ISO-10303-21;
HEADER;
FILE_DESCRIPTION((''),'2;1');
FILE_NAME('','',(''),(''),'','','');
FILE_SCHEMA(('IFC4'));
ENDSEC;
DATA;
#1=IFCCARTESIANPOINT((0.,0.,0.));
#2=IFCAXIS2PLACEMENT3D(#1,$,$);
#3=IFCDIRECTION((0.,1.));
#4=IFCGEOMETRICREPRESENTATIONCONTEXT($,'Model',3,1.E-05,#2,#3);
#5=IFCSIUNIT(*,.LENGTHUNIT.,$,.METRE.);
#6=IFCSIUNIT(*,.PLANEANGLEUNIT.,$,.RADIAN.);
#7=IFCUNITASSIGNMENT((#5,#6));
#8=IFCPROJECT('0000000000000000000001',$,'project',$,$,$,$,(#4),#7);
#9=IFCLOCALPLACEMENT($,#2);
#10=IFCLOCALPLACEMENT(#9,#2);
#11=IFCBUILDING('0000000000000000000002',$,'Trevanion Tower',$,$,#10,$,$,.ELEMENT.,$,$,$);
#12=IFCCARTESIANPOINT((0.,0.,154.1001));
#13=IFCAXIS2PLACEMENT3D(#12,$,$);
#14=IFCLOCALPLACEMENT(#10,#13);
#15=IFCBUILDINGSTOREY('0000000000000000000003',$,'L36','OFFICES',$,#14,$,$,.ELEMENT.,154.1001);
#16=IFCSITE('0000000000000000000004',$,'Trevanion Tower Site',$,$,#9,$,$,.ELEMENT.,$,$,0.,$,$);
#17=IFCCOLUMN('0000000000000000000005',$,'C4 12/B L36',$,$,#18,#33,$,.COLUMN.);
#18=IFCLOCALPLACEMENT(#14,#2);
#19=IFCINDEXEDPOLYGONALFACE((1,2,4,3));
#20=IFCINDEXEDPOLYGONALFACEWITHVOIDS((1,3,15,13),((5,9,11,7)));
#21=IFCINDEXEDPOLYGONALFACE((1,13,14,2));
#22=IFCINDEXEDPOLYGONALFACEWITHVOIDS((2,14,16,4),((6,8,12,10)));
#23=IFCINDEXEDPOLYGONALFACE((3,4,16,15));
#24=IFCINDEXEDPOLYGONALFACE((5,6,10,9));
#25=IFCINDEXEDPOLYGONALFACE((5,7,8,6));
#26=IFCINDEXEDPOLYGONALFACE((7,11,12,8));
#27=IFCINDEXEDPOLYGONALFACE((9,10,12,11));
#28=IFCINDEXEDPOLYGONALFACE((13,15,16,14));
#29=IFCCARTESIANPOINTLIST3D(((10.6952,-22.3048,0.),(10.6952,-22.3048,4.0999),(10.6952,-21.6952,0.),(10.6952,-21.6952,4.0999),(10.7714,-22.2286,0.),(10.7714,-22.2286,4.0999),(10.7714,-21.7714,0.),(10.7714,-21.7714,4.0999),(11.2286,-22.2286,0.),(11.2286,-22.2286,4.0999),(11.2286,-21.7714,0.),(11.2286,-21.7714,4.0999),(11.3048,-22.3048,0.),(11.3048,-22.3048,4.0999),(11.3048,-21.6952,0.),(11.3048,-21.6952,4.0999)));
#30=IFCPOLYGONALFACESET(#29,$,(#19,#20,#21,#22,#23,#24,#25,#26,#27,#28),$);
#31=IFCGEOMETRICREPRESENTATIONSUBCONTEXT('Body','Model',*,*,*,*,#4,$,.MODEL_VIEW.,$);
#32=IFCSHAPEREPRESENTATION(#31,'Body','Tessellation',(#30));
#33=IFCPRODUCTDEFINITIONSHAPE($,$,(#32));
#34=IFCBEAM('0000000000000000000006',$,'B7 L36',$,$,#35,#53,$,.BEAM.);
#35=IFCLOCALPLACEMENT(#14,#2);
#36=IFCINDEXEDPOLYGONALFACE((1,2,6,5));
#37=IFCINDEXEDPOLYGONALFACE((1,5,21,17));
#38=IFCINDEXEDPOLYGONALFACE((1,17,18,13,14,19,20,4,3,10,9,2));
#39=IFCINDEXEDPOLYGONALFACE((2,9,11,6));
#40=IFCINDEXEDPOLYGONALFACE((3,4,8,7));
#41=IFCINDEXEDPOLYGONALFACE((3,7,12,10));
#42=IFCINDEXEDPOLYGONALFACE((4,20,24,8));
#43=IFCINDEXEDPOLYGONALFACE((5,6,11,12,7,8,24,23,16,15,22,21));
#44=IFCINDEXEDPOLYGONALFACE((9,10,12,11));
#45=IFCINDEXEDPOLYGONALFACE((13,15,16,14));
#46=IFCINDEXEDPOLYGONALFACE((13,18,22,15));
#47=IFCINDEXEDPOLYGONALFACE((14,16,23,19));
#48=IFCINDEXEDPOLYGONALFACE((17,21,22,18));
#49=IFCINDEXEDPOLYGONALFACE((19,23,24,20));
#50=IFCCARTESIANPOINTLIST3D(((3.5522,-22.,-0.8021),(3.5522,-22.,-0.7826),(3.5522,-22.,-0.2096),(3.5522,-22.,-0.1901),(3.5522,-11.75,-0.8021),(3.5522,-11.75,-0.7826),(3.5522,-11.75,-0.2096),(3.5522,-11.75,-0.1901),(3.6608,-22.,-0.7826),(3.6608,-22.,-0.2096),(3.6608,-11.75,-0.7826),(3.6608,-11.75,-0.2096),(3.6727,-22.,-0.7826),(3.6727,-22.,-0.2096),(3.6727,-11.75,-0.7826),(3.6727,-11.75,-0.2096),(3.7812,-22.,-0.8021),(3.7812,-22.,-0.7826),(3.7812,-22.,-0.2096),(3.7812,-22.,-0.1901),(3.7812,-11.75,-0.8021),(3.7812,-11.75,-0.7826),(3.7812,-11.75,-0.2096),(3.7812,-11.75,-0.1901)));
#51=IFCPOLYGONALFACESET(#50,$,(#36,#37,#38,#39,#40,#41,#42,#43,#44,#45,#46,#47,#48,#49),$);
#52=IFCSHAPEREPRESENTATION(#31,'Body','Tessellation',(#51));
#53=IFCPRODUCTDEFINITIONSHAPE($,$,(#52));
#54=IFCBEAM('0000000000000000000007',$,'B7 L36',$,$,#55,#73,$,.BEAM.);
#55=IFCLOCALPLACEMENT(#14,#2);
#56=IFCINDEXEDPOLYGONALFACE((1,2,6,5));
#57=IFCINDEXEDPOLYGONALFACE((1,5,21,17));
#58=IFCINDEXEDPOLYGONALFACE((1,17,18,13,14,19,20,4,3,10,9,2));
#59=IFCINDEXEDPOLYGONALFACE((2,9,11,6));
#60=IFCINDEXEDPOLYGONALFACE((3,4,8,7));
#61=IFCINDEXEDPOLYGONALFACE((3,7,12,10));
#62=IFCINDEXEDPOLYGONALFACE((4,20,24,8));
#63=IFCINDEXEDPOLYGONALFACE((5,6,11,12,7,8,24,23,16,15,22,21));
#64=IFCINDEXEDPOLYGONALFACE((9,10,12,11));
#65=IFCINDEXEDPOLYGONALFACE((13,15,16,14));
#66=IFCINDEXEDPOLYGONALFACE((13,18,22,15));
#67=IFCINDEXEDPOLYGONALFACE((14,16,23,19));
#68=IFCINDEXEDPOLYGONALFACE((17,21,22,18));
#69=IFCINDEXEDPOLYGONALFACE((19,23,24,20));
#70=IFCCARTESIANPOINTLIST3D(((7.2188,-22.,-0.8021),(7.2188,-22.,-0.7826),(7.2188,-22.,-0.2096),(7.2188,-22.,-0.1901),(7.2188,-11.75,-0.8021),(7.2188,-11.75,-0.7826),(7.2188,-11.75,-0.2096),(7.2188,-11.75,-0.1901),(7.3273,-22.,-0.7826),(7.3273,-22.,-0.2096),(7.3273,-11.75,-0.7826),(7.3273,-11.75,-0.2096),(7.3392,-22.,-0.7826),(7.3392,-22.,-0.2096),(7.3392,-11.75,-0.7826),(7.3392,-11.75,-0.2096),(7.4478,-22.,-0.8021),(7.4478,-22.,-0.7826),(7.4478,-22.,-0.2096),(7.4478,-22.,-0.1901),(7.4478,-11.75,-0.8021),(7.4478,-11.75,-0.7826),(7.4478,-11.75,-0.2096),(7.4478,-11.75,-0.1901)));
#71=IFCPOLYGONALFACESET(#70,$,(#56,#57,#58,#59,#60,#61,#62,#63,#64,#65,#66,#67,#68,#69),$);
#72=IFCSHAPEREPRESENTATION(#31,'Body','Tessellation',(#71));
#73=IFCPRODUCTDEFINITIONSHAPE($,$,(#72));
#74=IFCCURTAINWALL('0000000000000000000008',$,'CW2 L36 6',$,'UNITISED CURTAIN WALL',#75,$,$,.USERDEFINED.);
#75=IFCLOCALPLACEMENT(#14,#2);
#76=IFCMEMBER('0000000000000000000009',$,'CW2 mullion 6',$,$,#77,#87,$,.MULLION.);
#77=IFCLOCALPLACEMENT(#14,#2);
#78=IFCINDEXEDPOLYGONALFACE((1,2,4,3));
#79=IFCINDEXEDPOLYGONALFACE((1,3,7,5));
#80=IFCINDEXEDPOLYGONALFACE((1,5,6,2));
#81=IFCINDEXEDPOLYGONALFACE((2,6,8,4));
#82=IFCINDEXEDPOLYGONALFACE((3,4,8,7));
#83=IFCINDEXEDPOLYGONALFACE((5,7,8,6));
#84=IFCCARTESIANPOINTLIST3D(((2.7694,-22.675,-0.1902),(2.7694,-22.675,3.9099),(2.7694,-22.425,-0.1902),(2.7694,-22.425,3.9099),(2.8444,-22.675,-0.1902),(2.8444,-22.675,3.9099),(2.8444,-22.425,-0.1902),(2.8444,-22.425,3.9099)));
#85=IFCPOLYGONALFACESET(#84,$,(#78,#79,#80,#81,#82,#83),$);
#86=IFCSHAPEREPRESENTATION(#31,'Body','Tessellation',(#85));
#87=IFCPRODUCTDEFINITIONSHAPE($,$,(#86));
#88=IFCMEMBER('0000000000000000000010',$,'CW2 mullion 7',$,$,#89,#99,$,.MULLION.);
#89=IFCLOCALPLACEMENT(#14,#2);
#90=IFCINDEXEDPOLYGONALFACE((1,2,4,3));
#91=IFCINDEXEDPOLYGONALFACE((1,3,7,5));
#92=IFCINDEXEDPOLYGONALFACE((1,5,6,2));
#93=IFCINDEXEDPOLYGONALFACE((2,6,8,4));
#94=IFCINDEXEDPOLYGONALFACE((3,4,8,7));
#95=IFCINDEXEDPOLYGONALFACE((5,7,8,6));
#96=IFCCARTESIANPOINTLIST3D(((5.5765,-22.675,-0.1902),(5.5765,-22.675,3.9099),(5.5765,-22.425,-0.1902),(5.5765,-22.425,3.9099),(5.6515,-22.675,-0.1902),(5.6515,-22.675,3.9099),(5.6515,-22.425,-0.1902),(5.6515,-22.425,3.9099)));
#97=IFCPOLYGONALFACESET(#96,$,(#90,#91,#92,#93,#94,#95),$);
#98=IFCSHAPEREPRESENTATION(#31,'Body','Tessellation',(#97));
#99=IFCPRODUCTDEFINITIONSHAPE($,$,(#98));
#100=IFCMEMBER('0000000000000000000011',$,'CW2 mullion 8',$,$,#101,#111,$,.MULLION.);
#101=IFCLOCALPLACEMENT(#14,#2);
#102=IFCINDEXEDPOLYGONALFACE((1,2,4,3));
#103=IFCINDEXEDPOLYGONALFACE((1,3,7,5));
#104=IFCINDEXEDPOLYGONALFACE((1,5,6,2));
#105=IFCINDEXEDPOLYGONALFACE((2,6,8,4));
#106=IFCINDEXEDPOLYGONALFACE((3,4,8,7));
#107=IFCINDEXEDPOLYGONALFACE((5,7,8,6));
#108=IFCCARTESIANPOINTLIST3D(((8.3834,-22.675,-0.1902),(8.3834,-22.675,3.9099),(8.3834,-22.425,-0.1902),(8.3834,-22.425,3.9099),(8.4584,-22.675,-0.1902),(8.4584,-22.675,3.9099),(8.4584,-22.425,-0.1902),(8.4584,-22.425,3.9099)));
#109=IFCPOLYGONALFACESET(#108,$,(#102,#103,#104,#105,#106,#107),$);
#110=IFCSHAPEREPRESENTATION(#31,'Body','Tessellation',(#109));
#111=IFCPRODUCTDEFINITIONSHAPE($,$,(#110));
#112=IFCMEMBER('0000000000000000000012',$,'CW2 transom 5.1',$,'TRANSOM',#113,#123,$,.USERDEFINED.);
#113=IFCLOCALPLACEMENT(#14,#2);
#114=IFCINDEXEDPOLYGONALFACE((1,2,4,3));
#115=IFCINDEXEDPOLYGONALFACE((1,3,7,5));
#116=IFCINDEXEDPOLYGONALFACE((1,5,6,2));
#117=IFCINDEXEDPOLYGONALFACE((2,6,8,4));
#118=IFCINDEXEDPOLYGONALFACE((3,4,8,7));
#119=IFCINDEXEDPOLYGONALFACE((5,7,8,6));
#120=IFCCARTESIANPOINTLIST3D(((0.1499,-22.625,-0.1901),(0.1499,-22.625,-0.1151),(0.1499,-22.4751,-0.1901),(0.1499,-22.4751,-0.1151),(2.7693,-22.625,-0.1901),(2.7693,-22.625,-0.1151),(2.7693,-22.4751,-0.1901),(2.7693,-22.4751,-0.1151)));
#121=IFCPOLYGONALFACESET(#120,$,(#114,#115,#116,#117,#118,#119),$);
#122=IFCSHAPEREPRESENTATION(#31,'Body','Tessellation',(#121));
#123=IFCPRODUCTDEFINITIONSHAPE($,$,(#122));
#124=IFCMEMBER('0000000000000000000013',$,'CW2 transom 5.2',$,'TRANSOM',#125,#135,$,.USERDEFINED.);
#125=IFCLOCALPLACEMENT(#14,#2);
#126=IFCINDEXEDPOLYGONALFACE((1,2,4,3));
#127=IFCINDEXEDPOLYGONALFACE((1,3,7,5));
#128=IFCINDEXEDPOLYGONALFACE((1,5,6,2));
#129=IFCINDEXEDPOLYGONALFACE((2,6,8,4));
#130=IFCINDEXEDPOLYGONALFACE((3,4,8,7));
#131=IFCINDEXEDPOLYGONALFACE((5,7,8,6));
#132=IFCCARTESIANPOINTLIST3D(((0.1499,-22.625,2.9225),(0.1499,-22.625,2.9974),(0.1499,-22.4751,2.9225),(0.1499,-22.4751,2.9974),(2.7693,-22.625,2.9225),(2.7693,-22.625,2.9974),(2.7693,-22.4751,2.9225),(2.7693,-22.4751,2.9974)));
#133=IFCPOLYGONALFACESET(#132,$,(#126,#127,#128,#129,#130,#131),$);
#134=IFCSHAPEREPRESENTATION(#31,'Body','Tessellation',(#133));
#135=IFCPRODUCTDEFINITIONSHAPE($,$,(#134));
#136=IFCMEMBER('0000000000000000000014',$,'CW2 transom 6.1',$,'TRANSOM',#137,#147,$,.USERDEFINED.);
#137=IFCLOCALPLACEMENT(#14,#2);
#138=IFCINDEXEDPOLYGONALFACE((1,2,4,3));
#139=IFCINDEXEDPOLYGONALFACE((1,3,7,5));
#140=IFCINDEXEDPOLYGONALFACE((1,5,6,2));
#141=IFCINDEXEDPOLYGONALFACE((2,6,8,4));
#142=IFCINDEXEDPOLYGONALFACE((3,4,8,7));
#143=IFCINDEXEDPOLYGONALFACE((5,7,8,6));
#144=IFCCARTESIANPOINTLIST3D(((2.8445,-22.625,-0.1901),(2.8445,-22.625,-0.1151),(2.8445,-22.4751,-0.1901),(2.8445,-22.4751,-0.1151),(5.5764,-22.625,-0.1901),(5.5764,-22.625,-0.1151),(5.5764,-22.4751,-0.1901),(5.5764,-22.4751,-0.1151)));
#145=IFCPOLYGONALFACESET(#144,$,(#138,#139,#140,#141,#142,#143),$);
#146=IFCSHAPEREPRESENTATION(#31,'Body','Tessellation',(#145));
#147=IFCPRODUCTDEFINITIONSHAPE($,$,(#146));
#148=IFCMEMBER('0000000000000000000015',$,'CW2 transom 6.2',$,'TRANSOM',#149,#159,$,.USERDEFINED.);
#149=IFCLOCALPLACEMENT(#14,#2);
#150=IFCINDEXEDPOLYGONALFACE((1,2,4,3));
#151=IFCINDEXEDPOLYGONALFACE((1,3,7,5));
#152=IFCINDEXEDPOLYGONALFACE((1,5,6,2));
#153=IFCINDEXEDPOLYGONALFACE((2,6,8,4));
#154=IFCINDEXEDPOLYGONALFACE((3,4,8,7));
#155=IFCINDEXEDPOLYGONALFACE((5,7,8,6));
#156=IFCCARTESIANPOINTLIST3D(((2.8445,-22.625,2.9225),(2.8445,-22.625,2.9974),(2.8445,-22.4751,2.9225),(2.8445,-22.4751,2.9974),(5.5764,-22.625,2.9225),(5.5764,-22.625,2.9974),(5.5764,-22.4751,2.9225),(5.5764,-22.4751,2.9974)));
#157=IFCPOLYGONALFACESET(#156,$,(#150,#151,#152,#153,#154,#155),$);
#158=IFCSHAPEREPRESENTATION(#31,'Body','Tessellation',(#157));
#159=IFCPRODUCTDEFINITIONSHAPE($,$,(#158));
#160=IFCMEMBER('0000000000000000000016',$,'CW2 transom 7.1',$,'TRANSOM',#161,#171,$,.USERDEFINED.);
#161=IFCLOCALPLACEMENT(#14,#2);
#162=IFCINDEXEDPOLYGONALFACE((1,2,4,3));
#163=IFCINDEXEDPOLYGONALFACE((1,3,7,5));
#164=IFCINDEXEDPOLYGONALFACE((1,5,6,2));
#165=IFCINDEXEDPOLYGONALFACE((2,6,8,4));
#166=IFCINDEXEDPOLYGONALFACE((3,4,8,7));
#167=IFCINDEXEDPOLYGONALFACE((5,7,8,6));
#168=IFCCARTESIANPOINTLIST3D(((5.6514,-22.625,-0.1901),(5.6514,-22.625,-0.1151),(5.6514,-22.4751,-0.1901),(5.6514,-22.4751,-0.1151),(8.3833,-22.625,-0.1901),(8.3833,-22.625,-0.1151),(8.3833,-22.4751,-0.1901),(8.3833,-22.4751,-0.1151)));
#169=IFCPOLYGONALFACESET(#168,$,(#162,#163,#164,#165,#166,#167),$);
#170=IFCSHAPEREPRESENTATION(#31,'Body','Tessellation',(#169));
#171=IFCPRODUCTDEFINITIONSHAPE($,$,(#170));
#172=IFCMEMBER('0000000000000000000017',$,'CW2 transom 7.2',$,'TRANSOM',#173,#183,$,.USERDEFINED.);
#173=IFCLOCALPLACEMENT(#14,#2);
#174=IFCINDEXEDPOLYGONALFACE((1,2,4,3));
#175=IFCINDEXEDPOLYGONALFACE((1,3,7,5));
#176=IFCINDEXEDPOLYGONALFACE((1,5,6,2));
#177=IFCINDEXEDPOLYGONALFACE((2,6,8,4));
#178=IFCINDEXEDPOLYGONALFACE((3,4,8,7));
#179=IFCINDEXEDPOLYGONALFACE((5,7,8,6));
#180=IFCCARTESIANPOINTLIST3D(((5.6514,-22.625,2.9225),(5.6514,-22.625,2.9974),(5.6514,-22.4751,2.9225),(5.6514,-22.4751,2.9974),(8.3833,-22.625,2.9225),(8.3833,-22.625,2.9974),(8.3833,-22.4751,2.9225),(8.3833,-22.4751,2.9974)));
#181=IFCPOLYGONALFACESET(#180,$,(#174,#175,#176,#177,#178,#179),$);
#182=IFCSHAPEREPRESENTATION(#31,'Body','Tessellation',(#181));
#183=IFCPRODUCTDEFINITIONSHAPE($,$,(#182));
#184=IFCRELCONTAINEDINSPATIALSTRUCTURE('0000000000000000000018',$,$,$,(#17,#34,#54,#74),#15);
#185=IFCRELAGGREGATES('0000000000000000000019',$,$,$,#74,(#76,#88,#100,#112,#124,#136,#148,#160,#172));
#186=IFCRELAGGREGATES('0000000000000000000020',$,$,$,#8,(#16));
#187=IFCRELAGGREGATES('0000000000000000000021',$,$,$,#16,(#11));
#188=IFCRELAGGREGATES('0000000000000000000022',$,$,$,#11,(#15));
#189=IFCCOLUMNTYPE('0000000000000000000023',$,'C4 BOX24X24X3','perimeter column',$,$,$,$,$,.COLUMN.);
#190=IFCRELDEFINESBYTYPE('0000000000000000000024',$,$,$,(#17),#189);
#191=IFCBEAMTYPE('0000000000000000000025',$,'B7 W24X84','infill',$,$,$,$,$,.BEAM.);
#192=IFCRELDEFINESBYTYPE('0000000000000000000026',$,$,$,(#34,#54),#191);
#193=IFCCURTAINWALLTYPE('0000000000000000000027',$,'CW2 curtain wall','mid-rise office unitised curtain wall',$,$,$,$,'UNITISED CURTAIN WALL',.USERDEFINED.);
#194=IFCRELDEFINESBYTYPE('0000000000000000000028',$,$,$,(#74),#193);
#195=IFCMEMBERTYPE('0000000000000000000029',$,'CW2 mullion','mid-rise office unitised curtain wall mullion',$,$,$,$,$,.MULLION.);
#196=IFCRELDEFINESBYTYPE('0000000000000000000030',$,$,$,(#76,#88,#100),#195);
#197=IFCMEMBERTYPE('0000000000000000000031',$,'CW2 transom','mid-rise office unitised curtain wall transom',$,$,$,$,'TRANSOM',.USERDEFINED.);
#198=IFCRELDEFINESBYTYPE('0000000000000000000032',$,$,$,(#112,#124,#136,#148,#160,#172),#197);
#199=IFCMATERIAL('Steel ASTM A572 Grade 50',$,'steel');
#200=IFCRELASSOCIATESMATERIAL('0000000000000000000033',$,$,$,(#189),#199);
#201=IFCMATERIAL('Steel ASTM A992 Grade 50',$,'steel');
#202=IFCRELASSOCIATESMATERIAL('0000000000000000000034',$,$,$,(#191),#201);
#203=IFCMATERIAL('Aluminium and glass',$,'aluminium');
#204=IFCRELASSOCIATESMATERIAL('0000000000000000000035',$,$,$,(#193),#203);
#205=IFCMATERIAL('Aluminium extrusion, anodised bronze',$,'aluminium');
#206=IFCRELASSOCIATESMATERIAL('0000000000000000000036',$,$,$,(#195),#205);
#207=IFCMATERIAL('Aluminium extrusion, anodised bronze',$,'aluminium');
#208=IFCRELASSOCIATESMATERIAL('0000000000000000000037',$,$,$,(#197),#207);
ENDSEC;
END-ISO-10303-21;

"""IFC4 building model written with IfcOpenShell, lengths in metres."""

from ifc_helpers import new_model, si_unit, direction, frame, origin, origin_2d, place, context, subcontext, project, spatial, rectangle, hollow_rectangle, i_section, extrude, material, material_profile, profile_set, type_object, element, aggregate, save


model = new_model("IFC4")

# Units and contexts
model_context = context("Model", 3, precision=1e-05, world=origin(), true_north=direction((0.0, 1.0)))
body_context = subcontext(model_context, "Body", "Model", "MODEL_VIEW")
ifc_project = project(units=[si_unit("LENGTHUNIT", "METRE"), si_unit("PLANEANGLEUNIT", "RADIAN")], contexts=[model_context])

# Site, building, storey
site_placement = place(None, origin())
site = spatial("IfcSite", under=ifc_project, at=site_placement, Name="Trevanion Tower Site", CompositionType="ELEMENT", RefElevation=0.0)
building_placement = place(site_placement, origin())
building = spatial("IfcBuilding", under=site, at=building_placement, Name="Trevanion Tower", CompositionType="ELEMENT")
storey_placement = place(building_placement, frame((0.0, 0.0, 154.1001)))
storey = spatial("IfcBuildingStorey", under=building, at=storey_placement, Name="L36", Description="OFFICES", CompositionType="ELEMENT", Elevation=154.1001)

# Column
ifc_material_1 = material(Name="Steel ASTM A572 Grade 50", Category="steel")
ifc_material_profile_1 = material_profile(ifc_material_1, hollow_rectangle(XDim=0.6096, YDim=0.6096, WallThickness=0.0762, at=origin_2d()), Name="BOX24X24X3")
ifc_profile_set_1 = profile_set([ifc_material_profile_1], Name="Steel ASTM A572 Grade 50")
column_type = type_object("IfcColumnType", Name="C4 BOX24X24X3", Description="perimeter column", PredefinedType="COLUMN", material=ifc_profile_set_1)
column_placement = place(storey_placement, frame((11.0, -22.0, 0.0), z_axis=(0.0, 0.0, 1.0), x_axis=(1.0, 0.0, 0.0)))
element("IfcColumn", 1, at=column_placement, inside=storey, type_object=column_type, Name="C4 12/B L36", PredefinedType="COLUMN", context=body_context, shape_type="SweptSolid", body=[
    extrude(hollow_rectangle(XDim=0.6096, YDim=0.6096, WallThickness=0.0762, at=origin_2d()), origin(), (0.0, 0.0, 1.0), 4.0999),
])

# Beams
ifc_material_2 = material(Name="Steel ASTM A992 Grade 50", Category="steel")
ifc_material_profile_2 = material_profile(ifc_material_2, i_section(OverallWidth=0.229, OverallDepth=0.6121, WebThickness=0.012, FlangeThickness=0.0195, at=origin_2d()), Name="W24X84")
ifc_profile_set_2 = profile_set([ifc_material_profile_2], Name="Steel ASTM A992 Grade 50")
beam_type_1 = type_object("IfcBeamType", Name="B7 W24X84", Description="infill", PredefinedType="BEAM", material=ifc_profile_set_2)
for number, where, z_axis, x_axis, name in (
    (2, (3.6667, -11.75, -0.4961), (0.0, -1.0, 0.0), (1.0, 0.0, 0.0), "B7 L36"),
    (3, (7.3333, -11.75, -0.4961), (0.0, -1.0, 0.0), (1.0, 0.0, 0.0), "B7 L36"),
):
    element("IfcBeam", number, at=place(storey_placement, frame(where, z_axis=z_axis, x_axis=x_axis)), inside=storey, type_object=beam_type_1, Name=name, PredefinedType="BEAM", context=body_context, shape_type="SweptSolid", body=[
        extrude(i_section(OverallWidth=0.229, OverallDepth=0.6121, WebThickness=0.012, FlangeThickness=0.0195, at=origin_2d()), origin(), (0.0, 0.0, 1.0), 10.25),
    ])

# Curtain wall, members
ifc_material_3 = material(Name="Aluminium and glass", Category="aluminium")
curtain_wall_type = type_object("IfcCurtainWallType", Name="CW2 curtain wall", Description="mid-rise office unitised curtain wall", ElementType="UNITISED CURTAIN WALL", PredefinedType="USERDEFINED", material=ifc_material_3)
curtain_wall_placement = place(storey_placement, origin())
curtain_wall = element("IfcCurtainWall", 4, at=curtain_wall_placement, inside=storey, type_object=curtain_wall_type, Name="CW2 L36 6", ObjectType="UNITISED CURTAIN WALL", PredefinedType="USERDEFINED")
ifc_material_4 = material(Name="Aluminium extrusion, anodised bronze", Category="aluminium")
ifc_material_profile_3 = material_profile(ifc_material_4, rectangle(XDim=0.075, YDim=0.25, at=origin_2d()), Name="CW2 mullion")
ifc_profile_set_3 = profile_set([ifc_material_profile_3], Name="Aluminium extrusion, anodised bronze")
member_type_1 = type_object("IfcMemberType", Name="CW2 mullion", Description="mid-rise office unitised curtain wall mullion", PredefinedType="MULLION", material=ifc_profile_set_3)
member_1_placement = place(storey_placement, frame((2.8069, -22.55, -0.1902), z_axis=(0.0, 0.0, 1.0), x_axis=(1.0, 0.0, 0.0)))
member_1 = element("IfcMember", 5, at=member_1_placement, type_object=member_type_1, Name="CW2 mullion 6", PredefinedType="MULLION", context=body_context, shape_type="SweptSolid", body=[
    extrude(rectangle(XDim=0.075, YDim=0.25, at=origin_2d()), origin(), (0.0, 0.0, 1.0), 4.1001),
])
member_2_placement = place(storey_placement, frame((5.614, -22.55, -0.1902), z_axis=(0.0, 0.0, 1.0), x_axis=(1.0, 0.0, 0.0)))
member_2 = element("IfcMember", 6, at=member_2_placement, type_object=member_type_1, Name="CW2 mullion 7", PredefinedType="MULLION", context=body_context, shape_type="SweptSolid", body=[
    extrude(rectangle(XDim=0.075, YDim=0.25, at=origin_2d()), origin(), (0.0, 0.0, 1.0), 4.1001),
])
member_3_placement = place(storey_placement, frame((8.4209, -22.55, -0.1902), z_axis=(0.0, 0.0, 1.0), x_axis=(1.0, 0.0, 0.0)))
member_3 = element("IfcMember", 7, at=member_3_placement, type_object=member_type_1, Name="CW2 mullion 8", PredefinedType="MULLION", context=body_context, shape_type="SweptSolid", body=[
    extrude(rectangle(XDim=0.075, YDim=0.25, at=origin_2d()), origin(), (0.0, 0.0, 1.0), 4.1001),
])
ifc_material_5 = material(Name="Aluminium extrusion, anodised bronze", Category="aluminium")
ifc_material_profile_4 = material_profile(ifc_material_5, rectangle(XDim=0.1499, YDim=0.075, at=origin_2d()), Name="CW2 transom")
ifc_profile_set_4 = profile_set([ifc_material_profile_4], Name="Aluminium extrusion, anodised bronze")
member_type_2 = type_object("IfcMemberType", Name="CW2 transom", Description="mid-rise office unitised curtain wall transom", ElementType="TRANSOM", PredefinedType="USERDEFINED", material=ifc_profile_set_4)
member_4_placement = place(storey_placement, frame((0.1499, -22.55, -0.1526), z_axis=(1.0, 0.0, 0.0), x_axis=(0.0, 1.0, 0.0)))
member_4 = element("IfcMember", 8, at=member_4_placement, type_object=member_type_2, Name="CW2 transom 5.1", ObjectType="TRANSOM", PredefinedType="USERDEFINED", context=body_context, shape_type="SweptSolid", body=[
    extrude(rectangle(XDim=0.1499, YDim=0.075, at=origin_2d()), origin(), (0.0, 0.0, 1.0), 2.6194),
])
member_5_placement = place(storey_placement, frame((0.1499, -22.55, 2.96), z_axis=(1.0, 0.0, 0.0), x_axis=(0.0, 1.0, 0.0)))
member_5 = element("IfcMember", 9, at=member_5_placement, type_object=member_type_2, Name="CW2 transom 5.2", ObjectType="TRANSOM", PredefinedType="USERDEFINED", context=body_context, shape_type="SweptSolid", body=[
    extrude(rectangle(XDim=0.1499, YDim=0.075, at=origin_2d()), origin(), (0.0, 0.0, 1.0), 2.6194),
])
member_6_placement = place(storey_placement, frame((2.8445, -22.55, -0.1526), z_axis=(1.0, 0.0, 0.0), x_axis=(0.0, 1.0, 0.0)))
member_6 = element("IfcMember", 10, at=member_6_placement, type_object=member_type_2, Name="CW2 transom 6.1", ObjectType="TRANSOM", PredefinedType="USERDEFINED", context=body_context, shape_type="SweptSolid", body=[
    extrude(rectangle(XDim=0.1499, YDim=0.075, at=origin_2d()), origin(), (0.0, 0.0, 1.0), 2.7319),
])
member_7_placement = place(storey_placement, frame((2.8445, -22.55, 2.96), z_axis=(1.0, 0.0, 0.0), x_axis=(0.0, 1.0, 0.0)))
member_7 = element("IfcMember", 11, at=member_7_placement, type_object=member_type_2, Name="CW2 transom 6.2", ObjectType="TRANSOM", PredefinedType="USERDEFINED", context=body_context, shape_type="SweptSolid", body=[
    extrude(rectangle(XDim=0.1499, YDim=0.075, at=origin_2d()), origin(), (0.0, 0.0, 1.0), 2.7319),
])
member_8_placement = place(storey_placement, frame((5.6514, -22.55, -0.1526), z_axis=(1.0, 0.0, 0.0), x_axis=(0.0, 1.0, 0.0)))
member_8 = element("IfcMember", 12, at=member_8_placement, type_object=member_type_2, Name="CW2 transom 7.1", ObjectType="TRANSOM", PredefinedType="USERDEFINED", context=body_context, shape_type="SweptSolid", body=[
    extrude(rectangle(XDim=0.1499, YDim=0.075, at=origin_2d()), origin(), (0.0, 0.0, 1.0), 2.7319),
])
member_9_placement = place(storey_placement, frame((5.6514, -22.55, 2.96), z_axis=(1.0, 0.0, 0.0), x_axis=(0.0, 1.0, 0.0)))
member_9 = element("IfcMember", 13, at=member_9_placement, type_object=member_type_2, Name="CW2 transom 7.2", ObjectType="TRANSOM", PredefinedType="USERDEFINED", context=body_context, shape_type="SweptSolid", body=[
    extrude(rectangle(XDim=0.1499, YDim=0.075, at=origin_2d()), origin(), (0.0, 0.0, 1.0), 2.7319),
])

aggregate(curtain_wall, [member_1, member_2, member_3, member_4, member_5, member_6, member_7, member_8, member_9])

save(model, "model.ifc")
